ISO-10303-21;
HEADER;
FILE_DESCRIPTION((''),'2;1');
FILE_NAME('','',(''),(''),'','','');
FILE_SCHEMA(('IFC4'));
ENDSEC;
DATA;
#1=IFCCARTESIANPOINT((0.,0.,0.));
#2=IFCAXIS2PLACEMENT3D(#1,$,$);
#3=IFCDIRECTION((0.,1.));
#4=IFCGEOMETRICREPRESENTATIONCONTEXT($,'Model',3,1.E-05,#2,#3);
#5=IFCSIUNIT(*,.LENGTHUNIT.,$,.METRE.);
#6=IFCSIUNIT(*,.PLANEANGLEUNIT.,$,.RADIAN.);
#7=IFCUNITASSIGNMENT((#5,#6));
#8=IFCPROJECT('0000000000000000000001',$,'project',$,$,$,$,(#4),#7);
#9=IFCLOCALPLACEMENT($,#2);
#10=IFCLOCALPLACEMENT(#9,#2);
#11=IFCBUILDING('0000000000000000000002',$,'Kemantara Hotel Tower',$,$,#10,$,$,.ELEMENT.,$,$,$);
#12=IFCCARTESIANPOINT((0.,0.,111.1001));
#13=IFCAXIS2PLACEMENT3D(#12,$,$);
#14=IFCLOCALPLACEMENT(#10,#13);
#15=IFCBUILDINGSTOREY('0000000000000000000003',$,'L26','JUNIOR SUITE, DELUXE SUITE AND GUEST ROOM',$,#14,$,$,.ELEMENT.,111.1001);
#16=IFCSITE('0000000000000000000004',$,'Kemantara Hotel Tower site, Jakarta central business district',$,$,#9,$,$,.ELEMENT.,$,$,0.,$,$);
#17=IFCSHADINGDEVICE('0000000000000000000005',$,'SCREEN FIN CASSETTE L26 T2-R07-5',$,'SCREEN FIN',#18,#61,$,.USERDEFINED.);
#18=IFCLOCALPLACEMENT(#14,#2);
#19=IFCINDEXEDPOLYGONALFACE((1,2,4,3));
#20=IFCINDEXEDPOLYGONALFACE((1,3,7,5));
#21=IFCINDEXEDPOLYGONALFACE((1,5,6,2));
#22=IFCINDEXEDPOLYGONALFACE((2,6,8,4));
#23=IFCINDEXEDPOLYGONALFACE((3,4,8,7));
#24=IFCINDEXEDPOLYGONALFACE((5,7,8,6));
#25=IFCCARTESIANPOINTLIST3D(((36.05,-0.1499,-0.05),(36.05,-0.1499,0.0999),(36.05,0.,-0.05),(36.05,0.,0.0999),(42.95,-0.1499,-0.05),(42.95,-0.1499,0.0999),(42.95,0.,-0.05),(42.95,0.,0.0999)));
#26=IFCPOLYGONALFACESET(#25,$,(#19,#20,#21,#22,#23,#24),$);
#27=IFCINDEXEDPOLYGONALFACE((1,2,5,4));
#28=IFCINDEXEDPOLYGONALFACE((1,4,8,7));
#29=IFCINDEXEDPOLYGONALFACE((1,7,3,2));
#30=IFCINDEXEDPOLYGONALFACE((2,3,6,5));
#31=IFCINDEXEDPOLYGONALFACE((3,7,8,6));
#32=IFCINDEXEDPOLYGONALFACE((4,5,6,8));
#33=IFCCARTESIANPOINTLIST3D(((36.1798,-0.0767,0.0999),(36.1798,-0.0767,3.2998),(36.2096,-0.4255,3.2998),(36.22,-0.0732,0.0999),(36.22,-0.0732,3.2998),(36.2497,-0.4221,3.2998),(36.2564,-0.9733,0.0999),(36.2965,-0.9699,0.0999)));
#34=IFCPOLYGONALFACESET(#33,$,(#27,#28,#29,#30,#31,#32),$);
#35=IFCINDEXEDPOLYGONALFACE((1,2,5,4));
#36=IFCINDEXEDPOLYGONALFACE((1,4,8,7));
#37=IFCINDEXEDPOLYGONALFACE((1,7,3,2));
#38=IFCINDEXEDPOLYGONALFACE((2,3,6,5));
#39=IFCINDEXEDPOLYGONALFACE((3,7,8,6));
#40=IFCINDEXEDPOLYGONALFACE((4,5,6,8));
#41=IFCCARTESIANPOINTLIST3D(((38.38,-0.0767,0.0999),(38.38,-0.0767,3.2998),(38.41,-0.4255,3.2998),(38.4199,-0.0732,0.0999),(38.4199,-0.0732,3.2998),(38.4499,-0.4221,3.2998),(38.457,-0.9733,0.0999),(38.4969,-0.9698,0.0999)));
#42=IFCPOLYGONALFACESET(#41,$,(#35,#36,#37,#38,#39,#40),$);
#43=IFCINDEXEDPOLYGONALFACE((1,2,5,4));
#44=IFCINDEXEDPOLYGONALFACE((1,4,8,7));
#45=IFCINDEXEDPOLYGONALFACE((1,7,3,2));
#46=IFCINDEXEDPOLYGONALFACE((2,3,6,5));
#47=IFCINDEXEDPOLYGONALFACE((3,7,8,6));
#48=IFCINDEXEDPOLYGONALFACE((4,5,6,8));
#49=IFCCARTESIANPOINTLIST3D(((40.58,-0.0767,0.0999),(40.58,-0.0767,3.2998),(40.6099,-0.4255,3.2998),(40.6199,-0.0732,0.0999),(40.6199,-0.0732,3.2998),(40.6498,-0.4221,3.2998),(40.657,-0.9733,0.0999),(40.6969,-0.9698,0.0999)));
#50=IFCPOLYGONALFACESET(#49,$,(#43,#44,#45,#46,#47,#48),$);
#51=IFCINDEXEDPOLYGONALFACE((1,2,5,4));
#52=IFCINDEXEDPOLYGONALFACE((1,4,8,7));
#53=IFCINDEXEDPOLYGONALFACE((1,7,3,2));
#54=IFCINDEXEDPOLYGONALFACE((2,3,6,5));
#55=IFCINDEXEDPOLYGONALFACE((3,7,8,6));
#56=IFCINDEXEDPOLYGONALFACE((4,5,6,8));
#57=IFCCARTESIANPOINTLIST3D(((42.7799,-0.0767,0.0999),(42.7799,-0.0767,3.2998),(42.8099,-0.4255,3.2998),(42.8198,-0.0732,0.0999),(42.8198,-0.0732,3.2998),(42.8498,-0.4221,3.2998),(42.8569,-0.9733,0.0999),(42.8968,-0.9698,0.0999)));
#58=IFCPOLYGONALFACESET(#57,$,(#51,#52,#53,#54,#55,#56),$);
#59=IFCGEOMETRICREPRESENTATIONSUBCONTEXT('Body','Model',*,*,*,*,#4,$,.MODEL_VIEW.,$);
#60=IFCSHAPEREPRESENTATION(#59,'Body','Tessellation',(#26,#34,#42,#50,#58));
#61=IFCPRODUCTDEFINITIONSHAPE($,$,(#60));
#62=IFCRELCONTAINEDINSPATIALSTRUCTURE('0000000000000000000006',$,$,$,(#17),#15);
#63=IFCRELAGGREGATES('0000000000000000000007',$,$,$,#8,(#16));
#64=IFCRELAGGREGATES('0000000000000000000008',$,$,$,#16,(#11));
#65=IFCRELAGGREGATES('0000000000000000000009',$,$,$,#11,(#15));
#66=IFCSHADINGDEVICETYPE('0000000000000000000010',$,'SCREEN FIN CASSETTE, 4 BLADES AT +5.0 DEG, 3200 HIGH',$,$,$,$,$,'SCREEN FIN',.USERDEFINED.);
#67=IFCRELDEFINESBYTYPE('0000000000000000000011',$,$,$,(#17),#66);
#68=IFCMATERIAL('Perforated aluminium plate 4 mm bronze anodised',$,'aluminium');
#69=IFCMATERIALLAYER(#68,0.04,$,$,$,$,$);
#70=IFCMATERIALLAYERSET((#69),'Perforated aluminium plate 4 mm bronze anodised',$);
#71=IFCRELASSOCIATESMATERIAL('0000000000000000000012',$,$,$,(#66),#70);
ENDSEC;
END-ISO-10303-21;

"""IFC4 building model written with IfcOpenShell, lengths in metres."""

from ifc_helpers import new_model, si_unit, direction, frame, origin, origin_2d, place, context, subcontext, project, spatial, polyline, rectangle, outline, extrude, source, transform, mapped, material, layer, layer_set, type_object, element, save


model = new_model("IFC4")

# Units and contexts
model_context = context("Model", 3, precision=1e-05, world=origin(), true_north=direction((0.0, 1.0)))
body_context = subcontext(model_context, "Body", "Model", "MODEL_VIEW")
ifc_project = project(units=[si_unit("LENGTHUNIT", "METRE"), si_unit("PLANEANGLEUNIT", "RADIAN")], contexts=[model_context])

# Site, building, storey
site_placement = place(None, origin())
site = spatial("IfcSite", under=ifc_project, at=site_placement, Name="Kemantara Hotel Tower site, Jakarta central business district", CompositionType="ELEMENT", RefElevation=0.0)
building_placement = place(site_placement, origin())
building = spatial("IfcBuilding", under=site, at=building_placement, Name="Kemantara Hotel Tower", CompositionType="ELEMENT")
storey_placement = place(building_placement, frame((0.0, 0.0, 111.1001)))
storey = spatial("IfcBuildingStorey", under=building, at=storey_placement, Name="L26", Description="JUNIOR SUITE, DELUXE SUITE AND GUEST ROOM", CompositionType="ELEMENT", Elevation=111.1001)

# Shading device
ifc_material_1 = material(Name="Perforated aluminium plate 4 mm bronze anodised", Category="aluminium")
ifc_layer_1 = layer(ifc_material_1, 0.04)
ifc_layer_set_1 = layer_set([ifc_layer_1], Name="Perforated aluminium plate 4 mm bronze anodised")
shading_device_type_1 = type_object("IfcShadingDeviceType", Name="SCREEN FIN CASSETTE, 4 BLADES AT +5.0 DEG, 3200 HIGH", ElementType="SCREEN FIN", PredefinedType="USERDEFINED", material=ifc_layer_set_1)
shared_shape_1 = source(origin(), body_context, "Body", "SweptSolid", [
    extrude(rectangle(XDim=6.8999, YDim=0.1499, at=origin_2d()), frame((3.3, -0.075, -0.1499), z_axis=(0.0, 0.0, 1.0), x_axis=(1.0, 0.0, 0.0)), (0.0, 0.0, 1.0), 0.1499),
    extrude(outline(polyline([(0.0, 0.0), (0.8999, 0.0), (0.3501, 3.2), (0.0, 3.2), (0.0, 0.0)])), frame((0.02, -0.0732, 0.0), z_axis=(-0.996376, -0.085056, 0.0), x_axis=(0.085056, -0.996376, 0.0)), (0.0, 0.0, 1.0), 0.0403),
    extrude(outline(polyline([(0.0, 0.0), (0.8999, 0.0), (0.3501, 3.2), (0.0, 3.2), (0.0, 0.0)])), frame((2.22, -0.0732, 0.0), z_axis=(-0.996332, -0.085575, 0.0), x_axis=(0.085575, -0.996332, 0.0)), (0.0, 0.0, 1.0), 0.04),
    extrude(outline(polyline([(0.0, 0.0), (0.8999, 0.0), (0.3501, 3.2), (0.0, 3.2), (0.0, 0.0)])), frame((4.4199, -0.0732, 0.0), z_axis=(-0.996332, -0.085575, 0.0), x_axis=(0.085575, -0.996332, 0.0)), (0.0, 0.0, 1.0), 0.04),
    extrude(outline(polyline([(0.0, 0.0), (0.8999, 0.0), (0.3501, 3.2), (0.0, 3.2), (0.0, 0.0)])), frame((6.6199, -0.0732, 0.0), z_axis=(-0.996332, -0.085575, 0.0), x_axis=(0.085575, -0.996332, 0.0)), (0.0, 0.0, 1.0), 0.04),
])
shading_device_1_placement = place(storey_placement, frame((36.2, 0.0, 0.0999), z_axis=(0.0, 0.0, 1.0), x_axis=(1.0, 0.0, 0.0)))
element("IfcShadingDevice", 1, at=shading_device_1_placement, inside=storey, type_object=shading_device_type_1, Name="SCREEN FIN CASSETTE L26 T2-R07-5", ObjectType="SCREEN FIN", PredefinedType="USERDEFINED", context=body_context, shape_type="MappedRepresentation", body=[
    mapped(shared_shape_1, transform((0.0, 0.0, 0.0))),
])

save(model, "model.ifc")
